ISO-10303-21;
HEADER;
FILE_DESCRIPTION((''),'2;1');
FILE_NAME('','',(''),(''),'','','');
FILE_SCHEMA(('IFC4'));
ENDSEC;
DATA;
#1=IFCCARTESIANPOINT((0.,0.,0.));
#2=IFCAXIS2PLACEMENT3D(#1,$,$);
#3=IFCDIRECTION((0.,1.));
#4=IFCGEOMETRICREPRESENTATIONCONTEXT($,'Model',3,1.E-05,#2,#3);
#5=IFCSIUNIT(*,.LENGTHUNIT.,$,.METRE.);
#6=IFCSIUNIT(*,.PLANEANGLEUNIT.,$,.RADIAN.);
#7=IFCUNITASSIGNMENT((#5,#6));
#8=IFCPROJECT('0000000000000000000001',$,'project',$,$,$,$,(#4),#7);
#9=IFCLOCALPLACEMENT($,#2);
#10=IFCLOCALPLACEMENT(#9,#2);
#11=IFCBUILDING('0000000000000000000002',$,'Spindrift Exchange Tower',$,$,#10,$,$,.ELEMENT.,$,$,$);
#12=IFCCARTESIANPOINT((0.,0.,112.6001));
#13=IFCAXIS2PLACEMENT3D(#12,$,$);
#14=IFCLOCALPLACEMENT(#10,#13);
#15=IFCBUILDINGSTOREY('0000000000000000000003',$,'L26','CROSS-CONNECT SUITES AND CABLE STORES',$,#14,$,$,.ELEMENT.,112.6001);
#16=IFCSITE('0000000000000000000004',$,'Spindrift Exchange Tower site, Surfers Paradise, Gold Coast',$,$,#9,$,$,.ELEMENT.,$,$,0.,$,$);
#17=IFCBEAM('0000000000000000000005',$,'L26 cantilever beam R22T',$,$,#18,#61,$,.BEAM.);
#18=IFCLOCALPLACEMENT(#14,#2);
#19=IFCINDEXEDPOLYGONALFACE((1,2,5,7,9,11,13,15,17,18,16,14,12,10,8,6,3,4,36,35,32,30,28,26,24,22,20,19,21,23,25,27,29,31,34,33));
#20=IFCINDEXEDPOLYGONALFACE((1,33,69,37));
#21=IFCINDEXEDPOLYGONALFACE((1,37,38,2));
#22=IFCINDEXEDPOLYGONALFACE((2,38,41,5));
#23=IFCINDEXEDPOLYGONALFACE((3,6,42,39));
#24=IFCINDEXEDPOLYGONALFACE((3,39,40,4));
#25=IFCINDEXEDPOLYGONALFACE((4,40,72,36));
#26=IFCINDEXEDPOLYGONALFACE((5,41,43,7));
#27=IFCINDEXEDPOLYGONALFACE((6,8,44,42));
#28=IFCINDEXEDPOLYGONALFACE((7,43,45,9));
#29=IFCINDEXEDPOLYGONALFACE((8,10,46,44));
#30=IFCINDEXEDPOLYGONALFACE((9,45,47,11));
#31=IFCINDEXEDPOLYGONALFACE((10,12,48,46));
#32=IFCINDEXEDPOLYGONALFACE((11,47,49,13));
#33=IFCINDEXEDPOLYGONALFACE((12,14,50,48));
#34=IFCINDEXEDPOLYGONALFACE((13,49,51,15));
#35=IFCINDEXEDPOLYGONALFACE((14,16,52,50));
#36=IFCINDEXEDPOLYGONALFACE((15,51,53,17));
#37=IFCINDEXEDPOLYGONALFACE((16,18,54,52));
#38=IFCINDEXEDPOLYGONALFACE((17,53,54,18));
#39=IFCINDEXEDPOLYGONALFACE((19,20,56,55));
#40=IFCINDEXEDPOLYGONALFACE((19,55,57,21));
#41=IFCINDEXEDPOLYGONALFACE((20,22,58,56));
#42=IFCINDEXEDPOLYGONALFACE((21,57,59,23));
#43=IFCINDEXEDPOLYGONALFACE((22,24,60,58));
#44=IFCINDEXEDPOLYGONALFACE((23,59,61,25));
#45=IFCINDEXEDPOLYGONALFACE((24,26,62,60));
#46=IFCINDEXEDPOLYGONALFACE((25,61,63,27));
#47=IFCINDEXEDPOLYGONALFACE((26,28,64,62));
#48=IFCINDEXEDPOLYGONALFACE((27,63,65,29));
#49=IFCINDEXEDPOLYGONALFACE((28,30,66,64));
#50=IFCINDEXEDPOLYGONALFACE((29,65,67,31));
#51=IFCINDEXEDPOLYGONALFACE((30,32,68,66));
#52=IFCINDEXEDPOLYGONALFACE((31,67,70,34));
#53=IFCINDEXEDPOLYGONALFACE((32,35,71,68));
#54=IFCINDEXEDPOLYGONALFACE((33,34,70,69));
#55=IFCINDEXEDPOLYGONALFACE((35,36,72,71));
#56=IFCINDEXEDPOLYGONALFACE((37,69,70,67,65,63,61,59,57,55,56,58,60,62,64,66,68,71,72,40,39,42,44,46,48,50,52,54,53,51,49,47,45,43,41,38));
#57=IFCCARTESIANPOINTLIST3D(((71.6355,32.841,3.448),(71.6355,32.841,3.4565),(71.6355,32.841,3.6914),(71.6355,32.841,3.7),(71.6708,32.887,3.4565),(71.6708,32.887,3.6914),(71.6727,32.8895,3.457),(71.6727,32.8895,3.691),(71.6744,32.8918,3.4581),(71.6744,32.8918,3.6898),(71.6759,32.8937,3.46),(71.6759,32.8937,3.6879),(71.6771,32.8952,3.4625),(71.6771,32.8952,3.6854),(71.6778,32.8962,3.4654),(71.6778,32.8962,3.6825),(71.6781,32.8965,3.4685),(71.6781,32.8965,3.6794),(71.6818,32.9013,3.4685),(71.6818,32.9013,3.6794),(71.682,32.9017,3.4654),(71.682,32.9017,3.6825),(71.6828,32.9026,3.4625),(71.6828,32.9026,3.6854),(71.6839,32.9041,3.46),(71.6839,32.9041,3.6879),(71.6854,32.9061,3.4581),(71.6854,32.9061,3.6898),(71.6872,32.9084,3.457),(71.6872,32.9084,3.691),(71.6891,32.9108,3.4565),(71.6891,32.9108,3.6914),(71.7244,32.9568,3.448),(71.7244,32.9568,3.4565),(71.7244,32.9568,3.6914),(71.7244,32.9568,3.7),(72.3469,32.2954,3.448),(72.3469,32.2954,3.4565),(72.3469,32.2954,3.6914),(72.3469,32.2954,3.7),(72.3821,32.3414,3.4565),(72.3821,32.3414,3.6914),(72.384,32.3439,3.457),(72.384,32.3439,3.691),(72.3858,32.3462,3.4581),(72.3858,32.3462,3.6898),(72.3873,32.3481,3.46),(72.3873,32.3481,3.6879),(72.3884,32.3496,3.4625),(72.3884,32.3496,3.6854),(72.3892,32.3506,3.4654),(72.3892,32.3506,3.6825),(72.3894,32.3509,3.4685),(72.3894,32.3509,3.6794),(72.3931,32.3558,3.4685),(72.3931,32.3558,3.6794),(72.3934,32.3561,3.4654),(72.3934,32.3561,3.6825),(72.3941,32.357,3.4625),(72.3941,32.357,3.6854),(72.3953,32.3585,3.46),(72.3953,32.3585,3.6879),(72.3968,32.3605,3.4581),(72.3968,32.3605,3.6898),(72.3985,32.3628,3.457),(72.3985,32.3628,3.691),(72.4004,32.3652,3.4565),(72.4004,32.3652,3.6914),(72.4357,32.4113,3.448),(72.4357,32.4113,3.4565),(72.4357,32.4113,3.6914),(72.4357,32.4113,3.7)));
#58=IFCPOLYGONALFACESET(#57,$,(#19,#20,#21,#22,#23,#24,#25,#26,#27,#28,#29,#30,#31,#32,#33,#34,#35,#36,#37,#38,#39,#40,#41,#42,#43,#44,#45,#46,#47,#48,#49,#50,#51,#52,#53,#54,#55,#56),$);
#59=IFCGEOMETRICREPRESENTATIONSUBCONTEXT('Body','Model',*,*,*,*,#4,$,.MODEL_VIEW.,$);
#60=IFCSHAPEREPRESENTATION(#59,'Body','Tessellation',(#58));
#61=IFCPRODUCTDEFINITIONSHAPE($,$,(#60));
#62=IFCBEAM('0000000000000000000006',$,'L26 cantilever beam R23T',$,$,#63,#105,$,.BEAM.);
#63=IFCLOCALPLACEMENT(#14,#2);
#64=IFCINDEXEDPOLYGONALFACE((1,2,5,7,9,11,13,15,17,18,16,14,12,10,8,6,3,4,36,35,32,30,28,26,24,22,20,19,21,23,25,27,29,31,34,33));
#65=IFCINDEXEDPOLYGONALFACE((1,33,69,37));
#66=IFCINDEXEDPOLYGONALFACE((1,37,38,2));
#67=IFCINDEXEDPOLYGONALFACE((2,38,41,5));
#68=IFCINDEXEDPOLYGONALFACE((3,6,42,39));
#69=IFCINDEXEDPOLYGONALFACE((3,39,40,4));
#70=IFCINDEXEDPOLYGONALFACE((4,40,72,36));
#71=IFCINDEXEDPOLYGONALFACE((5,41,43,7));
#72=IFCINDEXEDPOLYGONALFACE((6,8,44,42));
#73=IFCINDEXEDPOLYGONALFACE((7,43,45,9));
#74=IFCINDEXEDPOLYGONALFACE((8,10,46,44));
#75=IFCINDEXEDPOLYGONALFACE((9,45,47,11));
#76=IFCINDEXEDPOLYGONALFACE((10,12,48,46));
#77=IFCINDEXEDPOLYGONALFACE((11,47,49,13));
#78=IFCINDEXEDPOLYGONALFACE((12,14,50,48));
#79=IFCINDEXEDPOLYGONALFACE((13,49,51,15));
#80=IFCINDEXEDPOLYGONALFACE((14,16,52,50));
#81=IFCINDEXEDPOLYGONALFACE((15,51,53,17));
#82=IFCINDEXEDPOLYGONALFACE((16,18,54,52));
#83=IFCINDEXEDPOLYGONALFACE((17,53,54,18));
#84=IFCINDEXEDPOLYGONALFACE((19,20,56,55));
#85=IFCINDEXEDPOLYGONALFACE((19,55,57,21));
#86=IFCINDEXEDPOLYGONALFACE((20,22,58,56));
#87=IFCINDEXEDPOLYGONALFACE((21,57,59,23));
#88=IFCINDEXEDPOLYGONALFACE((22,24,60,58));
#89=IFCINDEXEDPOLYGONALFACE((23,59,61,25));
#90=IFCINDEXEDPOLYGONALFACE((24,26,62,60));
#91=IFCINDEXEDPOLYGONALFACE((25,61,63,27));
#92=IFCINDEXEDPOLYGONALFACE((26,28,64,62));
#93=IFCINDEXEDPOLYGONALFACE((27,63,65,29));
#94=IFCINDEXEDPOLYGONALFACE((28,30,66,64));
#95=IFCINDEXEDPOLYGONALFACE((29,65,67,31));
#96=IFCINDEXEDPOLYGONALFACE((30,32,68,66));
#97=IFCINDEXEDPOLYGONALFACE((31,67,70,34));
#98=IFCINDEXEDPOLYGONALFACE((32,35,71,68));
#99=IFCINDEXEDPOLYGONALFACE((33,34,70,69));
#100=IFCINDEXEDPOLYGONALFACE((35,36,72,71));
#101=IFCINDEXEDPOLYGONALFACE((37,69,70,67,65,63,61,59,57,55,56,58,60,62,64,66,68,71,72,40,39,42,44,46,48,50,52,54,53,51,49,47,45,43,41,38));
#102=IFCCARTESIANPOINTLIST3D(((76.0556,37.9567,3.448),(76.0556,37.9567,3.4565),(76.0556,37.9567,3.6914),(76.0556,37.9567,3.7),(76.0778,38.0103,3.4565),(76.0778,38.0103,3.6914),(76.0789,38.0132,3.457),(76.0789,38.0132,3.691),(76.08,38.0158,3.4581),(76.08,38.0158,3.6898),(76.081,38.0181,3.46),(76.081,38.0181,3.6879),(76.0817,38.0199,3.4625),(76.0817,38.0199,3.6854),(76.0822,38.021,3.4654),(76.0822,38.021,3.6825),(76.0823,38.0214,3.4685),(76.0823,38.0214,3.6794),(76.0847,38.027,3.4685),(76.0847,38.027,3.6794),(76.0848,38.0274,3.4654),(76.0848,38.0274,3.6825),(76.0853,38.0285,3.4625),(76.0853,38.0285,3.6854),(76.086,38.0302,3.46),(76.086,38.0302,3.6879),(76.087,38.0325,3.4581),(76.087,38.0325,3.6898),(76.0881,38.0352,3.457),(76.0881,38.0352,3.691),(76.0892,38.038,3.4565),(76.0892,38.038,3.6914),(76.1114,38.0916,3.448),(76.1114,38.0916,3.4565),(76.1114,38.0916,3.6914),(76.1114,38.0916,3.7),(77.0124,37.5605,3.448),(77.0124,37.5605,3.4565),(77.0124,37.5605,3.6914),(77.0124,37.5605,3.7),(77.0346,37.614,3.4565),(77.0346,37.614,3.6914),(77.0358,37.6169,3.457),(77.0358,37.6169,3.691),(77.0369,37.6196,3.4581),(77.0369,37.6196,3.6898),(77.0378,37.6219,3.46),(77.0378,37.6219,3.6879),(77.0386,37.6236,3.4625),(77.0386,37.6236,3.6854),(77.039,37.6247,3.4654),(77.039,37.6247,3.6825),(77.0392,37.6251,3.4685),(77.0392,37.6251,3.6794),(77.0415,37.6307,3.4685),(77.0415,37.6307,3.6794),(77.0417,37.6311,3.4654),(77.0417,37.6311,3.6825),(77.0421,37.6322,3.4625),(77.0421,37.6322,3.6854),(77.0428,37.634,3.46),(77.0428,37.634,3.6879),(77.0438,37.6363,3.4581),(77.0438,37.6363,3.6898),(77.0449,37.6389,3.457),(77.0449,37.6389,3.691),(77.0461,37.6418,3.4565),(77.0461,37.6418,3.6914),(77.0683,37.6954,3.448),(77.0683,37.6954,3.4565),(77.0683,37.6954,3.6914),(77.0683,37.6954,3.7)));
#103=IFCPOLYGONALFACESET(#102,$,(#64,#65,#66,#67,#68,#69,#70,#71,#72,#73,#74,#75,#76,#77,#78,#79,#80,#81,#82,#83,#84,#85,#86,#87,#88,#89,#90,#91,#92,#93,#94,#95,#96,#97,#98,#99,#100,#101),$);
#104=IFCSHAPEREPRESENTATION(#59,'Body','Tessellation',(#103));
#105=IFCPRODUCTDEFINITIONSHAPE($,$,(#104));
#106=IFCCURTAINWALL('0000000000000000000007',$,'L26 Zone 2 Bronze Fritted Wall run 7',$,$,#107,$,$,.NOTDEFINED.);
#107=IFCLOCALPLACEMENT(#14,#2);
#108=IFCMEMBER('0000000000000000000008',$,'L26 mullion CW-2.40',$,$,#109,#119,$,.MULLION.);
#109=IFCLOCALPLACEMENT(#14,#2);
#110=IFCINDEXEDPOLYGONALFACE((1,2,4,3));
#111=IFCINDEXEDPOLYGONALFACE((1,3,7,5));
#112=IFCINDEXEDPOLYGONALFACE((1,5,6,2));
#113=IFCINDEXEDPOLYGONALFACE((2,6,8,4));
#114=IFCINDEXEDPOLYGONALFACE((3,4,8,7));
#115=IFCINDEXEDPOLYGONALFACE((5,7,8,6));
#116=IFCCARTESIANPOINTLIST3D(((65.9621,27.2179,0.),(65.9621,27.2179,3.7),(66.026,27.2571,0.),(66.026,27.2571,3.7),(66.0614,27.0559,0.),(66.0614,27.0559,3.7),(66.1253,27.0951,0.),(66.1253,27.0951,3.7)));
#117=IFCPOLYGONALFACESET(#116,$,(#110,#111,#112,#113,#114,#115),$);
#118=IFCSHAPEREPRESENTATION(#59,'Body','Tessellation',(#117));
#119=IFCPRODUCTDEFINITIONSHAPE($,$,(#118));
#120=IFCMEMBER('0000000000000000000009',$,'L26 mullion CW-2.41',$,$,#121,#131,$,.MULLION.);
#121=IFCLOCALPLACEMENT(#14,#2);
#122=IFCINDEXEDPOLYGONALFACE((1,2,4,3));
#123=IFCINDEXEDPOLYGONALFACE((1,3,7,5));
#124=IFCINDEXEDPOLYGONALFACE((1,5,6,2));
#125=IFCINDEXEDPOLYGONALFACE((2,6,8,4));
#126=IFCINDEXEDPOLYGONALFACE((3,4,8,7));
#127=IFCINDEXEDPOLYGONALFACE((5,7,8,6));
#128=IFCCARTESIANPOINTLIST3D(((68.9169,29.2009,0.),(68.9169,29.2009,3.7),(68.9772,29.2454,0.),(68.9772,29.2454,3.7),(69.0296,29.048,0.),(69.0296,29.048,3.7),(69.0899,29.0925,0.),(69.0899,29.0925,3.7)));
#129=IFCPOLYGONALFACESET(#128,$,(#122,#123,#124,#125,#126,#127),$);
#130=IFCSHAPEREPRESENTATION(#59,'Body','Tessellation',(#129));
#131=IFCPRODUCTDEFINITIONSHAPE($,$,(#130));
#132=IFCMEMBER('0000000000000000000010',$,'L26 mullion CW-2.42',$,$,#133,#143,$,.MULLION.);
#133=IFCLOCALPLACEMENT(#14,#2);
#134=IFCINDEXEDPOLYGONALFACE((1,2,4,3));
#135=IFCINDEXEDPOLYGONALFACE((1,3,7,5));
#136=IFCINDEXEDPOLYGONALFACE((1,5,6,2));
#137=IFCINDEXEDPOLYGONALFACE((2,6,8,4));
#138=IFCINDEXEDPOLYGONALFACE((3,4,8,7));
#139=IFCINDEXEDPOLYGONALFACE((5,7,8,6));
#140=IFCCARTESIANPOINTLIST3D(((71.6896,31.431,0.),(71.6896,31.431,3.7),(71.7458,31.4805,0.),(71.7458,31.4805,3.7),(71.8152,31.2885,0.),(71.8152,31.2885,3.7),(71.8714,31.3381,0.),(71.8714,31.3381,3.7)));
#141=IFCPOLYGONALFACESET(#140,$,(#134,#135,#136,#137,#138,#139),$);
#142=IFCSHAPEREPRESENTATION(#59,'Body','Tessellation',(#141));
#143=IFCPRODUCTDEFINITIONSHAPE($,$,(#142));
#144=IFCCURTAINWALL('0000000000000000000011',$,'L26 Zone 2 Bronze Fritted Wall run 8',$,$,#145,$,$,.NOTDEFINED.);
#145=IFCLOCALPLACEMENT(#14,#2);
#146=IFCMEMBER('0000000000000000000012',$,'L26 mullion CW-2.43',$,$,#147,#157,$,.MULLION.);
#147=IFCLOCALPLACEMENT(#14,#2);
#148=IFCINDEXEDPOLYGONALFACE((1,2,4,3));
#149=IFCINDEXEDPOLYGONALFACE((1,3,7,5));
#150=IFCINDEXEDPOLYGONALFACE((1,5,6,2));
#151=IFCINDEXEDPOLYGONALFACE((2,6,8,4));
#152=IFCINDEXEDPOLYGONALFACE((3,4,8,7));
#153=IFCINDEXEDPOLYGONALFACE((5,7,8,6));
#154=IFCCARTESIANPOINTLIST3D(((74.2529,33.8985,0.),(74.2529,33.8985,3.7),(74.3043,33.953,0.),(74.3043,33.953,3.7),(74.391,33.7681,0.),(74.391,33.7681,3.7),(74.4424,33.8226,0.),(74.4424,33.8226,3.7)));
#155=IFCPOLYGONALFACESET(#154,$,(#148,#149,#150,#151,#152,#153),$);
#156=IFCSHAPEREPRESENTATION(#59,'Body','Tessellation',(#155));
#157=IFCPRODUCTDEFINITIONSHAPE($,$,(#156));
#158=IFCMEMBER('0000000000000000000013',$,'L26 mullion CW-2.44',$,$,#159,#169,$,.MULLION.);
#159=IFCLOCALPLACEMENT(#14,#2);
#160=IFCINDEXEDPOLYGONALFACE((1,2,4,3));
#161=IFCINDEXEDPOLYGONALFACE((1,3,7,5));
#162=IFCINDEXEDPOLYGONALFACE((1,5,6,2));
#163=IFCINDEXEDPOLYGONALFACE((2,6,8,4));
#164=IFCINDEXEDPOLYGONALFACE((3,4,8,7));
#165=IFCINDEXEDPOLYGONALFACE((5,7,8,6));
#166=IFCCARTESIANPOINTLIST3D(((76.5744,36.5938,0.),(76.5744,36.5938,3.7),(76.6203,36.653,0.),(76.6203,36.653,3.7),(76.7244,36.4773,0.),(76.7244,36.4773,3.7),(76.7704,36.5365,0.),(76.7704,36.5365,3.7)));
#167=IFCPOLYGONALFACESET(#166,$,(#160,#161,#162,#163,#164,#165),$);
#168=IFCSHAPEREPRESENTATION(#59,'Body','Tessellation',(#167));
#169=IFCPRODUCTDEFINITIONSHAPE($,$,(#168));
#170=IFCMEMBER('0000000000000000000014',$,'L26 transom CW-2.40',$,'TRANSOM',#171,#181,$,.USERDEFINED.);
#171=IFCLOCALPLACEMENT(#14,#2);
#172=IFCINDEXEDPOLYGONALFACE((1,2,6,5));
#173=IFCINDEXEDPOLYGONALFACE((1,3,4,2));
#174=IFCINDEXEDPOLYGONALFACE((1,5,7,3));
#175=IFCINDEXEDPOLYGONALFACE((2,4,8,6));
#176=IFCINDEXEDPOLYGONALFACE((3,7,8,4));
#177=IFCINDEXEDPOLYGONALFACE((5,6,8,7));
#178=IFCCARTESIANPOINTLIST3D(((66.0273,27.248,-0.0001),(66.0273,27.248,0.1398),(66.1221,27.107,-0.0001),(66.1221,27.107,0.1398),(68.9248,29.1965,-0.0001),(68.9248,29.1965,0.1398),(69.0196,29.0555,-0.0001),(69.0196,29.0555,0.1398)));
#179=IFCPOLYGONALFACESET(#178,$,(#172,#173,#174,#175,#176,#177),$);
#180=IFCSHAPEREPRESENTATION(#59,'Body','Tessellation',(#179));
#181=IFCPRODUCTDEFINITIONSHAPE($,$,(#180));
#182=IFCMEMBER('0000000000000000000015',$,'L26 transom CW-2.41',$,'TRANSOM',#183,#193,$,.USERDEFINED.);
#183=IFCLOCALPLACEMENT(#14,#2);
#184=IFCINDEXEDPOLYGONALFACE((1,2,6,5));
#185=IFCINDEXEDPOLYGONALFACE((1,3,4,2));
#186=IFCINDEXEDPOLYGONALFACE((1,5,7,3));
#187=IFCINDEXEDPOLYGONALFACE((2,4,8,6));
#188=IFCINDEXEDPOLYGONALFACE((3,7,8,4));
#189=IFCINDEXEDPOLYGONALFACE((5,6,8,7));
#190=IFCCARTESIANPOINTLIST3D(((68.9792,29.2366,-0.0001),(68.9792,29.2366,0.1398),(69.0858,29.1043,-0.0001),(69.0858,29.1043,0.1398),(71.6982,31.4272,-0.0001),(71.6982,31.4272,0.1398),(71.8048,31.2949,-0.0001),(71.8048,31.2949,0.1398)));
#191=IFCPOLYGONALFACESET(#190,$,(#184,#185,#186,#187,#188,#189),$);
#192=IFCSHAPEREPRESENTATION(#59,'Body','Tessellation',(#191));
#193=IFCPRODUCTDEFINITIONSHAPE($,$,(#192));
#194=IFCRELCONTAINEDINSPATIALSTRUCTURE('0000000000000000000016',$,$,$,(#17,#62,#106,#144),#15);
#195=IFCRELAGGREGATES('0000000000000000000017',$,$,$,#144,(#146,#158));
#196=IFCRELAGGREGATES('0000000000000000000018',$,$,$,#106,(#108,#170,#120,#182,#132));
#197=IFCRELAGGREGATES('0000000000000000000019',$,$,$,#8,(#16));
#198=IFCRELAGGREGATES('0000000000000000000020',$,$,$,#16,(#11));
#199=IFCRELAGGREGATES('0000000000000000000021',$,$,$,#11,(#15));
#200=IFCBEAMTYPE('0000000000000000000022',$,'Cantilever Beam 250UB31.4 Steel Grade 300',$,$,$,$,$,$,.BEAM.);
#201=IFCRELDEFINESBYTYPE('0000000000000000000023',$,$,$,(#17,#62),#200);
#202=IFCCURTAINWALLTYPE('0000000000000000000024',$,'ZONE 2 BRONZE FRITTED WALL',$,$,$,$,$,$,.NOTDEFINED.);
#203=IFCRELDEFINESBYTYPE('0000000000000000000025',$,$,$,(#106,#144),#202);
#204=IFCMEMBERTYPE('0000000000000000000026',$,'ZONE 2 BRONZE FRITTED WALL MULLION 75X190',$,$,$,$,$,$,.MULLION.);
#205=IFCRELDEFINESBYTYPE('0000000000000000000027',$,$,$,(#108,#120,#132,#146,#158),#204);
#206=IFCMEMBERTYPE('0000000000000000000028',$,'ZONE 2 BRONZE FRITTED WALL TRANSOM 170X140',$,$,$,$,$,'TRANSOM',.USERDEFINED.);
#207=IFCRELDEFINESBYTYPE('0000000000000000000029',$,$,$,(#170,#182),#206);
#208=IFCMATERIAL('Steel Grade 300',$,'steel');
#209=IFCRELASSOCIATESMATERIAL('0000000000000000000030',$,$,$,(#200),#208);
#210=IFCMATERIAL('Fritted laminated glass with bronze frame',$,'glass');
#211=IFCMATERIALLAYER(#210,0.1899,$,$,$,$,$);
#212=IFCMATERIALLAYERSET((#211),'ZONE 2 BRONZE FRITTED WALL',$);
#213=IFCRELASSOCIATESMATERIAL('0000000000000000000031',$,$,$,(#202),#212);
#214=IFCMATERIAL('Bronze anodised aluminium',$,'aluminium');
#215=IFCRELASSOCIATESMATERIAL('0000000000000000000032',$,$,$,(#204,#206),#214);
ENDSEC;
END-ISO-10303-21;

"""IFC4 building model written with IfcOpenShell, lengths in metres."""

from ifc_helpers import new_model, si_unit, direction, frame, origin, origin_2d, place, context, subcontext, project, spatial, rectangle, i_section, extrude, source, transform, mapped, material, layer, layer_set, material_profile, profile_set, type_object, element, aggregate, save


model = new_model("IFC4")

# Units and contexts
model_context = context("Model", 3, precision=1e-05, world=origin(), true_north=direction((0.0, 1.0)))
body_context = subcontext(model_context, "Body", "Model", "MODEL_VIEW")
ifc_project = project(units=[si_unit("LENGTHUNIT", "METRE"), si_unit("PLANEANGLEUNIT", "RADIAN")], contexts=[model_context])

# Site, building, storey
site_placement = place(None, origin())
site = spatial("IfcSite", under=ifc_project, at=site_placement, Name="Spindrift Exchange Tower site, Surfers Paradise, Gold Coast", CompositionType="ELEMENT", RefElevation=0.0)
building_placement = place(site_placement, origin())
building = spatial("IfcBuilding", under=site, at=building_placement, Name="Spindrift Exchange Tower", CompositionType="ELEMENT")
storey_placement = place(building_placement, frame((0.0, 0.0, 112.6001)))
storey = spatial("IfcBuildingStorey", under=building, at=storey_placement, Name="L26", Description="CROSS-CONNECT SUITES AND CABLE STORES", CompositionType="ELEMENT", Elevation=112.6001)

# Beams
ifc_material_1 = material(Name="Steel Grade 300", Category="steel")
ifc_material_profile_1 = material_profile(ifc_material_1, i_section(OverallWidth=0.146, OverallDepth=0.252, WebThickness=0.0061, FlangeThickness=0.0085, FilletRadius=0.012, at=origin_2d()), Name="250UB31.4")
ifc_profile_set_1 = profile_set([ifc_material_profile_1], Name="Steel Grade 300")
beam_type_1 = type_object("IfcBeamType", Name="Cantilever Beam 250UB31.4 Steel Grade 300", PredefinedType="BEAM", material=ifc_profile_set_1)
shared_shape_1 = source(origin(), body_context, "Body", "SweptSolid", [
    extrude(i_section(OverallWidth=0.146, OverallDepth=0.252, WebThickness=0.0061, FlangeThickness=0.0085, FilletRadius=0.012, at=origin_2d()), origin(), (0.0, 0.0, 1.0), 0.8965),
])
beam_1_placement = place(storey_placement, frame((71.6799, 32.8989, 3.574), z_axis=(0.793484, -0.608592, 0.0), x_axis=(0.608592, 0.793484, 0.0)))
element("IfcBeam", 1, at=beam_1_placement, inside=storey, type_object=beam_type_1, Name="L26 cantilever beam R22T", PredefinedType="BEAM", context=body_context, shape_type="MappedRepresentation", body=[
    mapped(shared_shape_1, transform((0.0, 0.0, 0.0), scale=1.0)),
])
shared_shape_2 = source(origin(), body_context, "Body", "SweptSolid", [
    extrude(i_section(OverallWidth=0.146, OverallDepth=0.252, WebThickness=0.0061, FlangeThickness=0.0085, FilletRadius=0.012, at=origin_2d()), origin(), (0.0, 0.0, 1.0), 1.0356),
])
beam_2_placement = place(storey_placement, frame((76.0835, 38.0242, 3.574), z_axis=(0.923905, -0.382622, 0.0), x_axis=(0.382622, 0.923905, 0.0)))
element("IfcBeam", 2, at=beam_2_placement, inside=storey, type_object=beam_type_1, Name="L26 cantilever beam R23T", PredefinedType="BEAM", context=body_context, shape_type="MappedRepresentation", body=[
    mapped(shared_shape_2, transform((0.0, 0.0, 0.0), scale=1.0)),
])

# Curtain walls, members
ifc_material_2 = material(Name="Fritted laminated glass with bronze frame", Category="glass")
ifc_layer_1 = layer(ifc_material_2, 0.1899)
ifc_layer_set_1 = layer_set([ifc_layer_1], Name="ZONE 2 BRONZE FRITTED WALL")
curtain_wall_type = type_object("IfcCurtainWallType", Name="ZONE 2 BRONZE FRITTED WALL", PredefinedType="NOTDEFINED", material=ifc_layer_set_1)
curtain_wall_1_placement = place(storey_placement, origin())
curtain_wall_1 = element("IfcCurtainWall", 3, at=curtain_wall_1_placement, inside=storey, type_object=curtain_wall_type, Name="L26 Zone 2 Bronze Fritted Wall run 7", PredefinedType="NOTDEFINED")
ifc_material_3 = material(Name="Bronze anodised aluminium", Category="aluminium")
ifc_material_profile_2 = material_profile(ifc_material_3, rectangle(XDim=0.075, YDim=0.1899, at=origin_2d()), Name="ZONE 2 BRONZE FRITTED WALL MULLION 75X190")
ifc_profile_set_2 = profile_set([ifc_material_profile_2], Name="Bronze anodised aluminium")
member_type_1 = type_object("IfcMemberType", Name="ZONE 2 BRONZE FRITTED WALL MULLION 75X190", PredefinedType="MULLION", material=ifc_profile_set_2)
shared_shape_3 = source(origin(), body_context, "Body", "SweptSolid", [
    extrude(rectangle(XDim=0.075, YDim=0.1899, at=origin_2d()), origin(), (0.0, 0.0, 1.0), 3.7),
])
member_1_placement = place(storey_placement, frame((66.0437, 27.1565, 0.0), z_axis=(0.0, 0.0, 1.0), x_axis=(0.852683, 0.522429, 0.0)))
member_1 = element("IfcMember", 4, at=member_1_placement, type_object=member_type_1, Name="L26 mullion CW-2.40", PredefinedType="MULLION", context=body_context, shape_type="MappedRepresentation", body=[
    mapped(shared_shape_3, transform((0.0, 0.0, 0.0), scale=1.0)),
])
member_2_placement = place(storey_placement, frame((69.0034, 29.1467, 0.0), z_axis=(0.0, 0.0, 1.0), x_axis=(0.804995, 0.593281, 0.0)))
member_2 = element("IfcMember", 5, at=member_2_placement, type_object=member_type_1, Name="L26 mullion CW-2.41", PredefinedType="MULLION", context=body_context, shape_type="MappedRepresentation", body=[
    mapped(shared_shape_3, transform((0.0, 0.0, 0.0), scale=1.0)),
])
member_3_placement = place(storey_placement, frame((71.7805, 31.3845, 0.0), z_axis=(0.0, 0.0, 1.0), x_axis=(0.749966, 0.661476, 0.0)))
member_3 = element("IfcMember", 6, at=member_3_placement, type_object=member_type_1, Name="L26 mullion CW-2.42", PredefinedType="MULLION", context=body_context, shape_type="MappedRepresentation", body=[
    mapped(shared_shape_3, transform((0.0, 0.0, 0.0), scale=1.0)),
])
curtain_wall_2_placement = place(storey_placement, origin())
curtain_wall_2 = element("IfcCurtainWall", 7, at=curtain_wall_2_placement, inside=storey, type_object=curtain_wall_type, Name="L26 Zone 2 Bronze Fritted Wall run 8", PredefinedType="NOTDEFINED")
member_4_placement = place(storey_placement, frame((74.3477, 33.8606, 0.0), z_axis=(0.0, 0.0, 1.0), x_axis=(0.686543, 0.727089, 0.0)))
member_4 = element("IfcMember", 8, at=member_4_placement, type_object=member_type_1, Name="L26 mullion CW-2.43", PredefinedType="MULLION", context=body_context, shape_type="MappedRepresentation", body=[
    mapped(shared_shape_3, transform((0.0, 0.0, 0.0), scale=1.0)),
])
member_5_placement = place(storey_placement, frame((76.6724, 36.5652, 0.0), z_axis=(0.0, 0.0, 1.0), x_axis=(0.613323, 0.789832, 0.0)))
member_5 = element("IfcMember", 9, at=member_5_placement, type_object=member_type_1, Name="L26 mullion CW-2.44", PredefinedType="MULLION", context=body_context, shape_type="MappedRepresentation", body=[
    mapped(shared_shape_3, transform((0.0, 0.0, 0.0), scale=1.0)),
])

# Members
ifc_material_profile_3 = material_profile(ifc_material_3, rectangle(XDim=0.1699, YDim=0.1399, at=origin_2d()), Name="ZONE 2 BRONZE FRITTED WALL TRANSOM 170X140")
ifc_profile_set_3 = profile_set([ifc_material_profile_3], Name="Bronze anodised aluminium")
member_type_2 = type_object("IfcMemberType", Name="ZONE 2 BRONZE FRITTED WALL TRANSOM 170X140", ElementType="TRANSOM", PredefinedType="USERDEFINED", material=ifc_profile_set_3)
shared_shape_4 = source(origin(), body_context, "Body", "SweptSolid", [
    extrude(rectangle(XDim=0.1699, YDim=0.1399, at=origin_2d()), origin(), (0.0, 0.0, 1.0), 3.4917),
])
member_6_placement = place(storey_placement, frame((66.0747, 27.1775, 0.0698), z_axis=(0.829817, 0.558036, 0.0), x_axis=(-0.558036, 0.829817, 0.0)))
member_6 = element("IfcMember", 10, at=member_6_placement, type_object=member_type_2, Name="L26 transom CW-2.40", ObjectType="TRANSOM", PredefinedType="USERDEFINED", context=body_context, shape_type="MappedRepresentation", body=[
    mapped(shared_shape_4, transform((0.0, 0.0, 0.0), scale=1.0)),
])
member_7_placement = place(storey_placement, frame((69.0325, 29.1704, 0.0698), z_axis=(0.778702, 0.627394, 0.0), x_axis=(-0.627394, 0.778702, 0.0)))
member_7 = element("IfcMember", 11, at=member_7_placement, type_object=member_type_2, Name="L26 transom CW-2.41", ObjectType="TRANSOM", PredefinedType="USERDEFINED", context=body_context, shape_type="MappedRepresentation", body=[
    mapped(shared_shape_4, transform((0.0, 0.0, 0.0), scale=1.0)),
])

aggregate(curtain_wall_2, [member_4, member_5])
aggregate(curtain_wall_1, [member_1, member_6, member_2, member_7, member_3])

save(model, "model.ifc")
